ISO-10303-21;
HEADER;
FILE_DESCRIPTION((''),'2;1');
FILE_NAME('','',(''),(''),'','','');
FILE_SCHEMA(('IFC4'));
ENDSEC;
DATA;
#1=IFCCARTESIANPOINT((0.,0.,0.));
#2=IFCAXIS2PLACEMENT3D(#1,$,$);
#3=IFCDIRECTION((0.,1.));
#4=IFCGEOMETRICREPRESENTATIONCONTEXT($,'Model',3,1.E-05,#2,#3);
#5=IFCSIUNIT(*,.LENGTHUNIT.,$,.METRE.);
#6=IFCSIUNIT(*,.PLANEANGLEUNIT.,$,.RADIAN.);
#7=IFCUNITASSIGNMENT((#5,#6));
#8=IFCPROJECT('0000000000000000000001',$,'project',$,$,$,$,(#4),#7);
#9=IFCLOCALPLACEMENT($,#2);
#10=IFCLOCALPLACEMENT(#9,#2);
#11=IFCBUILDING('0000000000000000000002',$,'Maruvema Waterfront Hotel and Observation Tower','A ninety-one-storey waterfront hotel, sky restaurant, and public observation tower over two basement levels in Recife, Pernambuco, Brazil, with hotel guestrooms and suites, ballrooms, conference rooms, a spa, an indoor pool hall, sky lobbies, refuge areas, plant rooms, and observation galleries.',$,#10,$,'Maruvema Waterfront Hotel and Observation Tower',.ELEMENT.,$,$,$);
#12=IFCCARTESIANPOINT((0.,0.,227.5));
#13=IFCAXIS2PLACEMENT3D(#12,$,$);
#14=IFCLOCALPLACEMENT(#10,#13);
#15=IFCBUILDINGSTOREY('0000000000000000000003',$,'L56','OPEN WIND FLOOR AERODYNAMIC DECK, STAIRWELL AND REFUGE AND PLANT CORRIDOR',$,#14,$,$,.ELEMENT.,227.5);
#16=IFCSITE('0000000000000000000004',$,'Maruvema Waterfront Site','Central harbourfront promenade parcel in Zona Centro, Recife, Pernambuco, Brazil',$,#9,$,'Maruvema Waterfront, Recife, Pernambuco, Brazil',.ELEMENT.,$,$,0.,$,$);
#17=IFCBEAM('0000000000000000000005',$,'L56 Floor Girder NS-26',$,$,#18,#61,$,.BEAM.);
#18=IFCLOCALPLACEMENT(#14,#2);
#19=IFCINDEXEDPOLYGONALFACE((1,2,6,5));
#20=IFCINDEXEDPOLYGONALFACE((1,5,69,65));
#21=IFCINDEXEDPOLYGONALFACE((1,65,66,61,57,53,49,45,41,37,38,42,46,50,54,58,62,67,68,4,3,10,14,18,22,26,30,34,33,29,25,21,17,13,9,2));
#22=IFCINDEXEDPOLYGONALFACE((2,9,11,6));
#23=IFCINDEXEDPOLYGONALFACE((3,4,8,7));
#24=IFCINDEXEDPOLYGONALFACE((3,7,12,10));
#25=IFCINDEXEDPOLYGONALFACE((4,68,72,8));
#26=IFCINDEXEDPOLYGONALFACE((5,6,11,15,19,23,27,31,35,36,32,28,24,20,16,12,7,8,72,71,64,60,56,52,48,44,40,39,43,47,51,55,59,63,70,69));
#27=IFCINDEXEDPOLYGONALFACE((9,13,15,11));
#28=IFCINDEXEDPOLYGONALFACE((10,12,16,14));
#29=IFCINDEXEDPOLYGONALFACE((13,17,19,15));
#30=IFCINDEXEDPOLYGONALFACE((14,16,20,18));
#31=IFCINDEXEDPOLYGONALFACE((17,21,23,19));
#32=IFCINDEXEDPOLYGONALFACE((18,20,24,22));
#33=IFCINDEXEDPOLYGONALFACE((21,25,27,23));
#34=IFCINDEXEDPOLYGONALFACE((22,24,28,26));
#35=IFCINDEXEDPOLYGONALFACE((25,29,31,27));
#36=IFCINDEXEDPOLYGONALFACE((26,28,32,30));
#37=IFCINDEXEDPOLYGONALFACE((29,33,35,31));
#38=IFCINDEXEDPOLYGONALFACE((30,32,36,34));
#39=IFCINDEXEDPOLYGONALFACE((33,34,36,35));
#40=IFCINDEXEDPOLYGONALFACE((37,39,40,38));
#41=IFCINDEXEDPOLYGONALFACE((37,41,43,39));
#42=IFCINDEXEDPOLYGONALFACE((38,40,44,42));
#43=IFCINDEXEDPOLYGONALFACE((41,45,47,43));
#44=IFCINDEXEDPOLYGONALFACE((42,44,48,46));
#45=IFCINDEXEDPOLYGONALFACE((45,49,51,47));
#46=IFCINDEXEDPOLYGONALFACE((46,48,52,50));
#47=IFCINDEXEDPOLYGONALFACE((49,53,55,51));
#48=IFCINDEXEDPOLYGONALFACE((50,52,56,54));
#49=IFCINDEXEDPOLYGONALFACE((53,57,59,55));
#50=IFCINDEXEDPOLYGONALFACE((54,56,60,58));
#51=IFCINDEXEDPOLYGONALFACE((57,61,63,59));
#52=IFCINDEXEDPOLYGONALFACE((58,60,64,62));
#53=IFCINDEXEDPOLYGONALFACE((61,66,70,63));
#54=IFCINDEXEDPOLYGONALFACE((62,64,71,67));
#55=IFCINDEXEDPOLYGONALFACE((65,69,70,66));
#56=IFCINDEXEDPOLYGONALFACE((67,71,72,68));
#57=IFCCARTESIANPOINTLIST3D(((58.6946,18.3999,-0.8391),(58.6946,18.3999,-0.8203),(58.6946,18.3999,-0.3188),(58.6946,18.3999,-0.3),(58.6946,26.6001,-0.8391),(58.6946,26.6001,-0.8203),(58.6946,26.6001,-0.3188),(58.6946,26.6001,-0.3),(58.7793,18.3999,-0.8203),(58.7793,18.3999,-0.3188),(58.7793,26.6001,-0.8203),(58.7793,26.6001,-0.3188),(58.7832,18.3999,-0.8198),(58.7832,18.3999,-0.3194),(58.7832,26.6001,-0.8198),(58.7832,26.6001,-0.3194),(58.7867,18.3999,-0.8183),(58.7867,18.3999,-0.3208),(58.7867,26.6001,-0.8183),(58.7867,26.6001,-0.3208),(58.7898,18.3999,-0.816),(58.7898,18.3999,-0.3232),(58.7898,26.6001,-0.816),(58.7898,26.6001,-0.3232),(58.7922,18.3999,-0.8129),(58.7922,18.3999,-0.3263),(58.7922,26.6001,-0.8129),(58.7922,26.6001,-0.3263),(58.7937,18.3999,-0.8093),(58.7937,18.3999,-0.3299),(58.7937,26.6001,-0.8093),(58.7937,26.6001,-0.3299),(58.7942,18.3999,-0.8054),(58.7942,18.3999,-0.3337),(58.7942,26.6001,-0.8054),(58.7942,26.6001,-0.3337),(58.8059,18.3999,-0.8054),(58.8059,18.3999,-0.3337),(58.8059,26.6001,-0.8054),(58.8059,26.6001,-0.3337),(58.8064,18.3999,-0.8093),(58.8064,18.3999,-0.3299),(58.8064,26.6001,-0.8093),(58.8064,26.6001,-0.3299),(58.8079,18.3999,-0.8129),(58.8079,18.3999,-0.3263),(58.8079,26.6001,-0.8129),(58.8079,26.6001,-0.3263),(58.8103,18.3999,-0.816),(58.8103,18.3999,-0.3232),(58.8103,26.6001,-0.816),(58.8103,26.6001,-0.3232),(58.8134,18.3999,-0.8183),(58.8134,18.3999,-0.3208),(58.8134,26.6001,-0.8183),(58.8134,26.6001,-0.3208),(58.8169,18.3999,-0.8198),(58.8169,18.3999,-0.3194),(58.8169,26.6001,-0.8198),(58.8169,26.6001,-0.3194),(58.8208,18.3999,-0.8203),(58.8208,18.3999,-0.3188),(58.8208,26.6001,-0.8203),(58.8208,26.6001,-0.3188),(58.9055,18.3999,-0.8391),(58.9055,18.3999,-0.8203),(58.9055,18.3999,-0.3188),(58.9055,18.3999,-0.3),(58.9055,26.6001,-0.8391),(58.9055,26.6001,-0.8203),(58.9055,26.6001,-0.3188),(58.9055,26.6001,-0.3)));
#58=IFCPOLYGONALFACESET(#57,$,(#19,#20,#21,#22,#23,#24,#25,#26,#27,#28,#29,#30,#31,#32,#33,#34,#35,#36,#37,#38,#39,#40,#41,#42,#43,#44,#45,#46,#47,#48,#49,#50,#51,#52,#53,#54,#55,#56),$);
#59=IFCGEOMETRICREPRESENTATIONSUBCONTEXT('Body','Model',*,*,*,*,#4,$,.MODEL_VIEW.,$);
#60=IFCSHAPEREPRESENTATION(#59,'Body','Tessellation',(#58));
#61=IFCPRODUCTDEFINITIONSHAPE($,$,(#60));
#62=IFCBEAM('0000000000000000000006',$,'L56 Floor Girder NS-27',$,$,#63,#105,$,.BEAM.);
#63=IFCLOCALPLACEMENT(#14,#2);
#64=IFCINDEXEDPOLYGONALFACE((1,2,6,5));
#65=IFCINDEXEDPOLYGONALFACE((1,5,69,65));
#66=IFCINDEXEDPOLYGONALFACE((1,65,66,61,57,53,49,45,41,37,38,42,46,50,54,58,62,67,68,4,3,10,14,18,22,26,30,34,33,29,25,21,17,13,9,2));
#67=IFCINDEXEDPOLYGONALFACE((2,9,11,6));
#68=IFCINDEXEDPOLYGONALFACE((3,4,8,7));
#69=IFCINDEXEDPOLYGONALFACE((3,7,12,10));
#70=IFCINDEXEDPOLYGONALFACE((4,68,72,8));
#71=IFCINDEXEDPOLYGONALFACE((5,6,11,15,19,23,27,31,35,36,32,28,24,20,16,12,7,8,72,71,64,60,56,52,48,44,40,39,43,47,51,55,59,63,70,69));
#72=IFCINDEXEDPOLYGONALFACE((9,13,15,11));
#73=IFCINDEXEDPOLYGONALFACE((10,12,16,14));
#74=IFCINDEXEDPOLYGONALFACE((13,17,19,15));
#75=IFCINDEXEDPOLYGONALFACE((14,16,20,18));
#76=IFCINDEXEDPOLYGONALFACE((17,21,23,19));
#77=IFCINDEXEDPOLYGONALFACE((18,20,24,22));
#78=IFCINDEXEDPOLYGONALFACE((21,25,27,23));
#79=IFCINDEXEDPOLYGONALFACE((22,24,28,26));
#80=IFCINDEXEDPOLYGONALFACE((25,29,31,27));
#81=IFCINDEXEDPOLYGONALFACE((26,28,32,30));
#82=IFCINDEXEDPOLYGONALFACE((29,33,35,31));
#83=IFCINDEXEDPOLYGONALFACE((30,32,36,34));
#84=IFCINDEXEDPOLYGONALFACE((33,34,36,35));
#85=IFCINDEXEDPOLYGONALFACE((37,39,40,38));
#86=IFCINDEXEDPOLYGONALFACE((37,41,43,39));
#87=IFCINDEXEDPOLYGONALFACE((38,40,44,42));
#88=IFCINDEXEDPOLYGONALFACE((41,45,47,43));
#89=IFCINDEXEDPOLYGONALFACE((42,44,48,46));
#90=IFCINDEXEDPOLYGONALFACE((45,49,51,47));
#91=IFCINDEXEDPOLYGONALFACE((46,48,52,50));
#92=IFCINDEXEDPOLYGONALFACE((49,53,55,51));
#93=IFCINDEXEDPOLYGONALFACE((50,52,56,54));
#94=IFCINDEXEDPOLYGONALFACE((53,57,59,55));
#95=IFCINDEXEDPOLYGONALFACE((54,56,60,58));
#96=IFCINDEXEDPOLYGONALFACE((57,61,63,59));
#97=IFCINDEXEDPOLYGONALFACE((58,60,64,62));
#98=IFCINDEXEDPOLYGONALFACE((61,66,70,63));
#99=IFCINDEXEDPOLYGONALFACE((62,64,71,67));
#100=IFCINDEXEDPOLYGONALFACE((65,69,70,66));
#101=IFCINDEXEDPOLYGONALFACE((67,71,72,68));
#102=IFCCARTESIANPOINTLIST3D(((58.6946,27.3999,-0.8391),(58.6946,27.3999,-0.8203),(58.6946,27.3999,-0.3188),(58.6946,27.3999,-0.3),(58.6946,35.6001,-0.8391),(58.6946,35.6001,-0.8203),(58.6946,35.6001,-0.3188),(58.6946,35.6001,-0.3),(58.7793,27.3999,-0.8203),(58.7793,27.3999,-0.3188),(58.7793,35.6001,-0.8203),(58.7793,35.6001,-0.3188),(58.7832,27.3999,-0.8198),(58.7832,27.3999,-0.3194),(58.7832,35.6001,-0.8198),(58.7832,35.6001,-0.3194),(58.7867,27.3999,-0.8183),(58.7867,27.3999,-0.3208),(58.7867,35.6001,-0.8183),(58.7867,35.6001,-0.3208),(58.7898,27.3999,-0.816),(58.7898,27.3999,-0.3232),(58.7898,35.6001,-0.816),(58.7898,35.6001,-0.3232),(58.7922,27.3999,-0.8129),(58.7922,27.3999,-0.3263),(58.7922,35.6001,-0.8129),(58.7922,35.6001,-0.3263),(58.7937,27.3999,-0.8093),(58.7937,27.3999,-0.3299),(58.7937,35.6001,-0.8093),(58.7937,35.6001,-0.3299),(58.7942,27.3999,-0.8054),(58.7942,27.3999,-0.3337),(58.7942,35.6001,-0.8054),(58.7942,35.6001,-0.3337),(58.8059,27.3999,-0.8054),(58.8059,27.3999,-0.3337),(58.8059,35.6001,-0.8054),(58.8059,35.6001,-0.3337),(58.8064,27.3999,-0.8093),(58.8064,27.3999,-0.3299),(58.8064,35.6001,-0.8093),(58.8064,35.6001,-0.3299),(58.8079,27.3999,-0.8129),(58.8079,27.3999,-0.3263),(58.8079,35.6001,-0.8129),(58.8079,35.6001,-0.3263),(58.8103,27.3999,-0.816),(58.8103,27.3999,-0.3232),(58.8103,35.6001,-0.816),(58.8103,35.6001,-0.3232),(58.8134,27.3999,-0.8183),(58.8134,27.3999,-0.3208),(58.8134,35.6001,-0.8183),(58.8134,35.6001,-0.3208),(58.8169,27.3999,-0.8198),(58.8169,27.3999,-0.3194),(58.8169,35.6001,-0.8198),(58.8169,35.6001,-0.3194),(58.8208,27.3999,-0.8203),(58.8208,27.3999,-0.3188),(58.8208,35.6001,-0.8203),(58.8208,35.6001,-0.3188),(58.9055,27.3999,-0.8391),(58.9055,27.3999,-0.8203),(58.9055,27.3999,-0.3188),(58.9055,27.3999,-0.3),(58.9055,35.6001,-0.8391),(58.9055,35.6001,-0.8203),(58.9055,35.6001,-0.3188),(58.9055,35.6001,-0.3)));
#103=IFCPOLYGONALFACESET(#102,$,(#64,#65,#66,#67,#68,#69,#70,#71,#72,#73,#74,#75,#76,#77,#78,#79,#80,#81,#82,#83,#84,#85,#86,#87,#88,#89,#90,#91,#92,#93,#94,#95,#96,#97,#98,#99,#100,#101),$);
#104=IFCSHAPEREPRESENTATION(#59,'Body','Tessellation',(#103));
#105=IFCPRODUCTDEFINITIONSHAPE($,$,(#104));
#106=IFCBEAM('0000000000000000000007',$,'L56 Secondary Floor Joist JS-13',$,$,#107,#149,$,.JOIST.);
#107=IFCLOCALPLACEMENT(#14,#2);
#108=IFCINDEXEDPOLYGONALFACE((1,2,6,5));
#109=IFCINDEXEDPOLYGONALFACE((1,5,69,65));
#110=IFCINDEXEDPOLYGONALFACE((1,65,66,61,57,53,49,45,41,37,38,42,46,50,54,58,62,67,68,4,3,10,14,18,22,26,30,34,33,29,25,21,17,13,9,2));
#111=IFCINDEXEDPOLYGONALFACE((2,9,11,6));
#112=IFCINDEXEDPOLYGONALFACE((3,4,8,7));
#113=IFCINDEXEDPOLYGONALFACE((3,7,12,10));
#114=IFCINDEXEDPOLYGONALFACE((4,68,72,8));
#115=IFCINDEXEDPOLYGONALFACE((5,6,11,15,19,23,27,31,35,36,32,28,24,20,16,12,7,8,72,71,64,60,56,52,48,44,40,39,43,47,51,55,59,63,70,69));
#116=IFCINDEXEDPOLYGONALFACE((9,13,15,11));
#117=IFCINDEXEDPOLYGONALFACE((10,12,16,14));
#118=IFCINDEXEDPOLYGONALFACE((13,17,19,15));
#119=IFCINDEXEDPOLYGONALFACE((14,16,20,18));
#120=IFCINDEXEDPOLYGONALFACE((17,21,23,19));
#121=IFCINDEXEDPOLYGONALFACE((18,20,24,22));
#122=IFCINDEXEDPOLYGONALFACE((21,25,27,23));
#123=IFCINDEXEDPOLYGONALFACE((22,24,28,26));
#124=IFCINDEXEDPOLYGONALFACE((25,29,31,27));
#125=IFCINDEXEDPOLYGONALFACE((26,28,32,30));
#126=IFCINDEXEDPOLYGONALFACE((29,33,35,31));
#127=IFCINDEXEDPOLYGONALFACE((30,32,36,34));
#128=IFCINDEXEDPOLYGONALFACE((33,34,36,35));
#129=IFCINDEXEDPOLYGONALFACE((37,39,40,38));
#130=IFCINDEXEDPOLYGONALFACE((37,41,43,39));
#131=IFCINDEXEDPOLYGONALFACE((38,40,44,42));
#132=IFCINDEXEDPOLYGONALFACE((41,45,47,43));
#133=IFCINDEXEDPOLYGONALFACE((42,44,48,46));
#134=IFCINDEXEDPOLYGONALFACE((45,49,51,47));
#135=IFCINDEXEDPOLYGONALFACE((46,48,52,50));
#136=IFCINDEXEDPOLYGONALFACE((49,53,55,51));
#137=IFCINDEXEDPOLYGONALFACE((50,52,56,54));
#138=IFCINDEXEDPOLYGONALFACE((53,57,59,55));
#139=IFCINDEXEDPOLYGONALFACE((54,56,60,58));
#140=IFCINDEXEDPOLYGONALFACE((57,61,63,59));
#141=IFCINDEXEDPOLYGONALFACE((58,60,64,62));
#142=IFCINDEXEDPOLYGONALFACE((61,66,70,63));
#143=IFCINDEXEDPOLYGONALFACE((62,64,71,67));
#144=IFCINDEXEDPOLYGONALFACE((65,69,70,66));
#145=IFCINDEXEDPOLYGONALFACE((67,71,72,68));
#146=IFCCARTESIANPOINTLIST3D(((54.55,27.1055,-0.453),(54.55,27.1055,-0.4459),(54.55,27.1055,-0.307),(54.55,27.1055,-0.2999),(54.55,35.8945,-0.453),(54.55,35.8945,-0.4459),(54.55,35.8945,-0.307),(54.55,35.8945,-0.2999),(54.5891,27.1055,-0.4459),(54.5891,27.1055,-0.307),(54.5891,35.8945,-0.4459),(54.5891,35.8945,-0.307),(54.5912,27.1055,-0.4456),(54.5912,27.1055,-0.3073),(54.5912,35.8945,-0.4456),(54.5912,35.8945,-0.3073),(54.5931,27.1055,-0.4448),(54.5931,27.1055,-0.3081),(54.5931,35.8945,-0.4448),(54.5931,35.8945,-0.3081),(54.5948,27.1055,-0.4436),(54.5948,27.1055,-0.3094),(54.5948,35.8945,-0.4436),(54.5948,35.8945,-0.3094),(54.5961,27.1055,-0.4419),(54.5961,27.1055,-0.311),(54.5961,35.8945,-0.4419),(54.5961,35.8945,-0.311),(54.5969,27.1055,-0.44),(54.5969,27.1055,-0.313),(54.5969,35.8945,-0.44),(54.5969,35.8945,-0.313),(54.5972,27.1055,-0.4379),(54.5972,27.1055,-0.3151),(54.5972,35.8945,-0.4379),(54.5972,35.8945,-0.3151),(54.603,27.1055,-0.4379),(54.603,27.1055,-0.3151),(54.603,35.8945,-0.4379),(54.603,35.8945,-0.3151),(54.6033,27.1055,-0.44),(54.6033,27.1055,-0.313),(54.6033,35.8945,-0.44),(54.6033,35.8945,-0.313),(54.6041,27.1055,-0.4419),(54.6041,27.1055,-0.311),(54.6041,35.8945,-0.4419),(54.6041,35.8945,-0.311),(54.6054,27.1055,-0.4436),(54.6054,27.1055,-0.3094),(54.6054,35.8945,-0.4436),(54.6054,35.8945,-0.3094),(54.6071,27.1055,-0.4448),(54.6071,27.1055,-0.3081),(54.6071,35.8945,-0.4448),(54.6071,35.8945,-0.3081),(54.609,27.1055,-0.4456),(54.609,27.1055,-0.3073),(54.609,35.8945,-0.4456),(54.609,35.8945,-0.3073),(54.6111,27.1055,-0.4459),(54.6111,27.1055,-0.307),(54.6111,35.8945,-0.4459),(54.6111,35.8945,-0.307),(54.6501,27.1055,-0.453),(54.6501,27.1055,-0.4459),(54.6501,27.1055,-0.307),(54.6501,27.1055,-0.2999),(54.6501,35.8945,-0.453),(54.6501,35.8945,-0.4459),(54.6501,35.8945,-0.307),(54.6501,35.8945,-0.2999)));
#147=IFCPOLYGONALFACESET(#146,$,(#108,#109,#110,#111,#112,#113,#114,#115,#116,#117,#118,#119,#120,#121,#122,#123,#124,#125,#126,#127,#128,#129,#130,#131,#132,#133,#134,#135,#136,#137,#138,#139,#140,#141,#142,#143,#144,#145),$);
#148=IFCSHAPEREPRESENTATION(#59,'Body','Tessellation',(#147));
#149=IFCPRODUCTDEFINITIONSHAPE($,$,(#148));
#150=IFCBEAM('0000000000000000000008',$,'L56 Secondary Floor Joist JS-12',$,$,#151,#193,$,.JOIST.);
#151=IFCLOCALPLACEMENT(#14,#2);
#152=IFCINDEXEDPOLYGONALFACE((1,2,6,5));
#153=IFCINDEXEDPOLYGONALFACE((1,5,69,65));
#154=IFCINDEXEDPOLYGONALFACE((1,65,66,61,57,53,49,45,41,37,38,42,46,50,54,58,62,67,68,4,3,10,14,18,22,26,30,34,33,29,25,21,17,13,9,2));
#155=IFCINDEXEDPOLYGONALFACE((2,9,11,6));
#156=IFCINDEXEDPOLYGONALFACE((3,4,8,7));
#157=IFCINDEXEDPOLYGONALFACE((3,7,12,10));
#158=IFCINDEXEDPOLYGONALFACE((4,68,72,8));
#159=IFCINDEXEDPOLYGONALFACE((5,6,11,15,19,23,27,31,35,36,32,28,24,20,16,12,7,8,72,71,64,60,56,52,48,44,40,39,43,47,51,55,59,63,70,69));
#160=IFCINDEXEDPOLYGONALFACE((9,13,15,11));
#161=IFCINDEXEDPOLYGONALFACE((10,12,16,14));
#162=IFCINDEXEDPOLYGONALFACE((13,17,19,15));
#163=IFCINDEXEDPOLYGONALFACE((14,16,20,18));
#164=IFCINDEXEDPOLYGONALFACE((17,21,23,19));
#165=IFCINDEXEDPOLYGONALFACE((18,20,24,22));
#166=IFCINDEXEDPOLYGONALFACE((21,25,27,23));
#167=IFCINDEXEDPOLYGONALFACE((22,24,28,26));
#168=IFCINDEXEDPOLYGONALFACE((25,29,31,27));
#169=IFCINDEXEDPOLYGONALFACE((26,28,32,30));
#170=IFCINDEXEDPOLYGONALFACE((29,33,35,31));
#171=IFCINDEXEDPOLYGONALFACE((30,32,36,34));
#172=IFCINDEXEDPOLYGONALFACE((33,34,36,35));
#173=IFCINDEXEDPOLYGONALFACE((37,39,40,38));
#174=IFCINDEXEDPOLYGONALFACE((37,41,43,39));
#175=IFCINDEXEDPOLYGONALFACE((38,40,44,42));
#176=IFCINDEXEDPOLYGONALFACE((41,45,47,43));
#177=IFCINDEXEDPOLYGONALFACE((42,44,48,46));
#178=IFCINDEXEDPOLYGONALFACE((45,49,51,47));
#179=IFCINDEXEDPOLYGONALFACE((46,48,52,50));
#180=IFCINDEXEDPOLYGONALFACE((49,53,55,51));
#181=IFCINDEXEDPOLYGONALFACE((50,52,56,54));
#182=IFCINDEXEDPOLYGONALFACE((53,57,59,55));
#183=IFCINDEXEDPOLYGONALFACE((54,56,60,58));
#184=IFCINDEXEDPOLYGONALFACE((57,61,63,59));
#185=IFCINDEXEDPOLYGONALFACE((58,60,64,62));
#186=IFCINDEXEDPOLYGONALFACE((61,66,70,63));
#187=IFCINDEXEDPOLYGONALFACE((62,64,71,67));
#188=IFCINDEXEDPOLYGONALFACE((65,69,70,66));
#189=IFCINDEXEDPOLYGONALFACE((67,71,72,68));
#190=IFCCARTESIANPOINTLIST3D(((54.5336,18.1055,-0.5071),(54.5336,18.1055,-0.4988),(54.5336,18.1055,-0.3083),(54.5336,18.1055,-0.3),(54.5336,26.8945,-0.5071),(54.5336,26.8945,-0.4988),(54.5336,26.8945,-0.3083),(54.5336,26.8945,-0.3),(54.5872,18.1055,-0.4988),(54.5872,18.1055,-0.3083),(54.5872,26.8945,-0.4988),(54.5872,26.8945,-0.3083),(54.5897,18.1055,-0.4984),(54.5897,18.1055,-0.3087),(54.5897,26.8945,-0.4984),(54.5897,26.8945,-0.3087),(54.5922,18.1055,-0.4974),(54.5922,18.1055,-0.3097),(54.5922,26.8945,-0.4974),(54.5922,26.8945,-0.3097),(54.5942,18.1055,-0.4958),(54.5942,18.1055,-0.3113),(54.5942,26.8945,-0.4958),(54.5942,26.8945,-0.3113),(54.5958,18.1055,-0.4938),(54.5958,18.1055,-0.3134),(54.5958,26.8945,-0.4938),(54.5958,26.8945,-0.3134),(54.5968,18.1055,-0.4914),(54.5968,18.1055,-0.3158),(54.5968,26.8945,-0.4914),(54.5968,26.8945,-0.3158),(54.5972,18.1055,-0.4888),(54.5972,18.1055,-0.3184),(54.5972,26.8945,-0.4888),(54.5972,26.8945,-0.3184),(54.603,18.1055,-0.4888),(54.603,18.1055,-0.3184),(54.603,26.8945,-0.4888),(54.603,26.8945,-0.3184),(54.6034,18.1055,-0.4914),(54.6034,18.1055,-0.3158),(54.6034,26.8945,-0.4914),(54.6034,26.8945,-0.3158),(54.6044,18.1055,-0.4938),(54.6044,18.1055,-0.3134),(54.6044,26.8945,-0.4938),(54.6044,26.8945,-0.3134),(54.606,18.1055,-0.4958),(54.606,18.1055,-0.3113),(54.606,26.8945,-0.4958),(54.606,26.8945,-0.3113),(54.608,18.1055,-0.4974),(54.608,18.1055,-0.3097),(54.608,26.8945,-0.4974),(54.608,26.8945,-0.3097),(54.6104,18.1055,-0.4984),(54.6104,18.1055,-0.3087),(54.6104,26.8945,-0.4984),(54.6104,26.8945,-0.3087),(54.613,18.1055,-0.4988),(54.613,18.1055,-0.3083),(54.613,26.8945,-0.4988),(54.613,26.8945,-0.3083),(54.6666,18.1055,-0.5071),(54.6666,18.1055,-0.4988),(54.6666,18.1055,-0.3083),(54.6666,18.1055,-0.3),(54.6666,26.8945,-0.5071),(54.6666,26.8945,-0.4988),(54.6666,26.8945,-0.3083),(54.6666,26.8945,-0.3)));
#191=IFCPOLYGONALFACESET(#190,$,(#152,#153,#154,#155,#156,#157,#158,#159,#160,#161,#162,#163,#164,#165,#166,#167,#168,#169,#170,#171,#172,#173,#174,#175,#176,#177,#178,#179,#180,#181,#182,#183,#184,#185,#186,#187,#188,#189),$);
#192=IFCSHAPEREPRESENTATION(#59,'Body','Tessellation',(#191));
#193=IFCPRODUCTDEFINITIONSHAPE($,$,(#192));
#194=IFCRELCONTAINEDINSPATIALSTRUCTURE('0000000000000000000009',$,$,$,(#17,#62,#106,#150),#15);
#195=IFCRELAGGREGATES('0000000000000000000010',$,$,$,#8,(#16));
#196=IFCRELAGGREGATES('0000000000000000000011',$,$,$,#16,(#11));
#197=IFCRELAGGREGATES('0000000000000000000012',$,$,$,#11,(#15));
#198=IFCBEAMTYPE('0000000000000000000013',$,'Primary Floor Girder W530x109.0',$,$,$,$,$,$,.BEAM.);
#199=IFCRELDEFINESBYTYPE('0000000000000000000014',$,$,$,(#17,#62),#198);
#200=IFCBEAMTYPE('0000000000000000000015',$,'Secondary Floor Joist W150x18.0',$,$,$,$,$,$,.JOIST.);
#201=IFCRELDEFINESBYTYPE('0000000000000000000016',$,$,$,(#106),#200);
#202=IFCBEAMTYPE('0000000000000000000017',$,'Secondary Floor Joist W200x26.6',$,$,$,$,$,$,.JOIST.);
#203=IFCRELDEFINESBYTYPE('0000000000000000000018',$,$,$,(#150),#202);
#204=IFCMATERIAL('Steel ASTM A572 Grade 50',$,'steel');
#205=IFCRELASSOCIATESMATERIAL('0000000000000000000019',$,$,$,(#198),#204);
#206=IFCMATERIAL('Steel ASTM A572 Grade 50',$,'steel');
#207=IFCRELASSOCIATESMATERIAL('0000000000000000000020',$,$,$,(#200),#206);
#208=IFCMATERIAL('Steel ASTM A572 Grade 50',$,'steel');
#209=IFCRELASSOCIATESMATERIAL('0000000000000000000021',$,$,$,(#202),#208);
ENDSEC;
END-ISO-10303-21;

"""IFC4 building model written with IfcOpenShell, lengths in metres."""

from ifc_helpers import new_model, si_unit, direction, frame, origin, origin_2d, place, context, subcontext, project, spatial, i_section, extrude, material, material_profile, profile_set, type_object, element, save


model = new_model("IFC4")

# Units and contexts
model_context = context("Model", 3, precision=1e-05, world=origin(), true_north=direction((0.0, 1.0)))
body_context = subcontext(model_context, "Body", "Model", "MODEL_VIEW")
ifc_project = project(units=[si_unit("LENGTHUNIT", "METRE"), si_unit("PLANEANGLEUNIT", "RADIAN")], contexts=[model_context])

# Site, building, storey
site_placement = place(None, origin())
site = spatial("IfcSite", under=ifc_project, at=site_placement, Name="Maruvema Waterfront Site", Description="Central harbourfront promenade parcel in Zona Centro, Recife, Pernambuco, Brazil", LongName="Maruvema Waterfront, Recife, Pernambuco, Brazil", CompositionType="ELEMENT", RefElevation=0.0)
building_placement = place(site_placement, origin())
building = spatial("IfcBuilding", under=site, at=building_placement, Name="Maruvema Waterfront Hotel and Observation Tower", Description="A ninety-one-storey waterfront hotel, sky restaurant, and public observation tower over two basement levels in Recife, Pernambuco, Brazil, with hotel guestrooms and suites, ballrooms, conference rooms, a spa, an indoor pool hall, sky lobbies, refuge areas, plant rooms, and observation galleries.", LongName="Maruvema Waterfront Hotel and Observation Tower", CompositionType="ELEMENT")
storey_placement = place(building_placement, frame((0.0, 0.0, 227.5)))
storey = spatial("IfcBuildingStorey", under=building, at=storey_placement, Name="L56", Description="OPEN WIND FLOOR AERODYNAMIC DECK, STAIRWELL AND REFUGE AND PLANT CORRIDOR", CompositionType="ELEMENT", Elevation=227.5)

# Beams
ifc_material_1 = material(Name="Steel ASTM A572 Grade 50", Category="steel")
ifc_material_profile_1 = material_profile(ifc_material_1, i_section(OverallWidth=0.2109, OverallDepth=0.5391, WebThickness=0.0117, FlangeThickness=0.0188, FilletRadius=0.0149, at=origin_2d()), Name="W530x109.0")
ifc_profile_set_1 = profile_set([ifc_material_profile_1], Name="Steel ASTM A572 Grade 50")
beam_type_1 = type_object("IfcBeamType", Name="Primary Floor Girder W530x109.0", PredefinedType="BEAM", material=ifc_profile_set_1)
for number, where, z_axis, x_axis, name in (
    (1, (58.8, 18.3999, -0.5696), (0.0, 1.0, 0.0), (-1.0, 0.0, 0.0), "L56 Floor Girder NS-26"),
    (2, (58.8, 27.3999, -0.5696), (0.0, 1.0, 0.0), (-1.0, 0.0, 0.0), "L56 Floor Girder NS-27"),
):
    element("IfcBeam", number, at=place(storey_placement, frame(where, z_axis=z_axis, x_axis=x_axis)), inside=storey, type_object=beam_type_1, Name=name, PredefinedType="BEAM", context=body_context, shape_type="SweptSolid", body=[
        extrude(i_section(OverallWidth=0.2109, OverallDepth=0.5391, WebThickness=0.0117, FlangeThickness=0.0188, FilletRadius=0.0149, at=origin_2d()), origin(), (0.0, 0.0, 1.0), 8.2002),
    ])
ifc_material_2 = material(Name="Steel ASTM A572 Grade 50", Category="steel")
ifc_material_profile_2 = material_profile(ifc_material_2, i_section(OverallWidth=0.1001, OverallDepth=0.1531, WebThickness=0.0059, FlangeThickness=0.0071, FilletRadius=0.0081, at=origin_2d()), Name="W150x18.0")
ifc_profile_set_2 = profile_set([ifc_material_profile_2], Name="Steel ASTM A572 Grade 50")
beam_type_2 = type_object("IfcBeamType", Name="Secondary Floor Joist W150x18.0", PredefinedType="JOIST", material=ifc_profile_set_2)
beam_1_placement = place(storey_placement, frame((54.6001, 27.1055, -0.3765), z_axis=(0.0, 1.0, 0.0), x_axis=(-1.0, 0.0, 0.0)))
element("IfcBeam", 3, at=beam_1_placement, inside=storey, type_object=beam_type_2, Name="L56 Secondary Floor Joist JS-13", PredefinedType="JOIST", context=body_context, shape_type="SweptSolid", body=[
    extrude(i_section(OverallWidth=0.1001, OverallDepth=0.1531, WebThickness=0.0059, FlangeThickness=0.0071, FilletRadius=0.0081, at=origin_2d()), origin(), (0.0, 0.0, 1.0), 8.7891),
])
ifc_material_3 = material(Name="Steel ASTM A572 Grade 50", Category="steel")
ifc_material_profile_3 = material_profile(ifc_material_3, i_section(OverallWidth=0.1331, OverallDepth=0.207, WebThickness=0.0059, FlangeThickness=0.0083, FilletRadius=0.01, at=origin_2d()), Name="W200x26.6")
ifc_profile_set_3 = profile_set([ifc_material_profile_3], Name="Steel ASTM A572 Grade 50")
beam_type_3 = type_object("IfcBeamType", Name="Secondary Floor Joist W200x26.6", PredefinedType="JOIST", material=ifc_profile_set_3)
beam_2_placement = place(storey_placement, frame((54.6001, 18.1055, -0.4036), z_axis=(0.0, 1.0, 0.0), x_axis=(-1.0, 0.0, 0.0)))
element("IfcBeam", 4, at=beam_2_placement, inside=storey, type_object=beam_type_3, Name="L56 Secondary Floor Joist JS-12", PredefinedType="JOIST", context=body_context, shape_type="SweptSolid", body=[
    extrude(i_section(OverallWidth=0.1331, OverallDepth=0.207, WebThickness=0.0059, FlangeThickness=0.0083, FilletRadius=0.01, at=origin_2d()), origin(), (0.0, 0.0, 1.0), 8.7891),
])

save(model, "model.ifc")
